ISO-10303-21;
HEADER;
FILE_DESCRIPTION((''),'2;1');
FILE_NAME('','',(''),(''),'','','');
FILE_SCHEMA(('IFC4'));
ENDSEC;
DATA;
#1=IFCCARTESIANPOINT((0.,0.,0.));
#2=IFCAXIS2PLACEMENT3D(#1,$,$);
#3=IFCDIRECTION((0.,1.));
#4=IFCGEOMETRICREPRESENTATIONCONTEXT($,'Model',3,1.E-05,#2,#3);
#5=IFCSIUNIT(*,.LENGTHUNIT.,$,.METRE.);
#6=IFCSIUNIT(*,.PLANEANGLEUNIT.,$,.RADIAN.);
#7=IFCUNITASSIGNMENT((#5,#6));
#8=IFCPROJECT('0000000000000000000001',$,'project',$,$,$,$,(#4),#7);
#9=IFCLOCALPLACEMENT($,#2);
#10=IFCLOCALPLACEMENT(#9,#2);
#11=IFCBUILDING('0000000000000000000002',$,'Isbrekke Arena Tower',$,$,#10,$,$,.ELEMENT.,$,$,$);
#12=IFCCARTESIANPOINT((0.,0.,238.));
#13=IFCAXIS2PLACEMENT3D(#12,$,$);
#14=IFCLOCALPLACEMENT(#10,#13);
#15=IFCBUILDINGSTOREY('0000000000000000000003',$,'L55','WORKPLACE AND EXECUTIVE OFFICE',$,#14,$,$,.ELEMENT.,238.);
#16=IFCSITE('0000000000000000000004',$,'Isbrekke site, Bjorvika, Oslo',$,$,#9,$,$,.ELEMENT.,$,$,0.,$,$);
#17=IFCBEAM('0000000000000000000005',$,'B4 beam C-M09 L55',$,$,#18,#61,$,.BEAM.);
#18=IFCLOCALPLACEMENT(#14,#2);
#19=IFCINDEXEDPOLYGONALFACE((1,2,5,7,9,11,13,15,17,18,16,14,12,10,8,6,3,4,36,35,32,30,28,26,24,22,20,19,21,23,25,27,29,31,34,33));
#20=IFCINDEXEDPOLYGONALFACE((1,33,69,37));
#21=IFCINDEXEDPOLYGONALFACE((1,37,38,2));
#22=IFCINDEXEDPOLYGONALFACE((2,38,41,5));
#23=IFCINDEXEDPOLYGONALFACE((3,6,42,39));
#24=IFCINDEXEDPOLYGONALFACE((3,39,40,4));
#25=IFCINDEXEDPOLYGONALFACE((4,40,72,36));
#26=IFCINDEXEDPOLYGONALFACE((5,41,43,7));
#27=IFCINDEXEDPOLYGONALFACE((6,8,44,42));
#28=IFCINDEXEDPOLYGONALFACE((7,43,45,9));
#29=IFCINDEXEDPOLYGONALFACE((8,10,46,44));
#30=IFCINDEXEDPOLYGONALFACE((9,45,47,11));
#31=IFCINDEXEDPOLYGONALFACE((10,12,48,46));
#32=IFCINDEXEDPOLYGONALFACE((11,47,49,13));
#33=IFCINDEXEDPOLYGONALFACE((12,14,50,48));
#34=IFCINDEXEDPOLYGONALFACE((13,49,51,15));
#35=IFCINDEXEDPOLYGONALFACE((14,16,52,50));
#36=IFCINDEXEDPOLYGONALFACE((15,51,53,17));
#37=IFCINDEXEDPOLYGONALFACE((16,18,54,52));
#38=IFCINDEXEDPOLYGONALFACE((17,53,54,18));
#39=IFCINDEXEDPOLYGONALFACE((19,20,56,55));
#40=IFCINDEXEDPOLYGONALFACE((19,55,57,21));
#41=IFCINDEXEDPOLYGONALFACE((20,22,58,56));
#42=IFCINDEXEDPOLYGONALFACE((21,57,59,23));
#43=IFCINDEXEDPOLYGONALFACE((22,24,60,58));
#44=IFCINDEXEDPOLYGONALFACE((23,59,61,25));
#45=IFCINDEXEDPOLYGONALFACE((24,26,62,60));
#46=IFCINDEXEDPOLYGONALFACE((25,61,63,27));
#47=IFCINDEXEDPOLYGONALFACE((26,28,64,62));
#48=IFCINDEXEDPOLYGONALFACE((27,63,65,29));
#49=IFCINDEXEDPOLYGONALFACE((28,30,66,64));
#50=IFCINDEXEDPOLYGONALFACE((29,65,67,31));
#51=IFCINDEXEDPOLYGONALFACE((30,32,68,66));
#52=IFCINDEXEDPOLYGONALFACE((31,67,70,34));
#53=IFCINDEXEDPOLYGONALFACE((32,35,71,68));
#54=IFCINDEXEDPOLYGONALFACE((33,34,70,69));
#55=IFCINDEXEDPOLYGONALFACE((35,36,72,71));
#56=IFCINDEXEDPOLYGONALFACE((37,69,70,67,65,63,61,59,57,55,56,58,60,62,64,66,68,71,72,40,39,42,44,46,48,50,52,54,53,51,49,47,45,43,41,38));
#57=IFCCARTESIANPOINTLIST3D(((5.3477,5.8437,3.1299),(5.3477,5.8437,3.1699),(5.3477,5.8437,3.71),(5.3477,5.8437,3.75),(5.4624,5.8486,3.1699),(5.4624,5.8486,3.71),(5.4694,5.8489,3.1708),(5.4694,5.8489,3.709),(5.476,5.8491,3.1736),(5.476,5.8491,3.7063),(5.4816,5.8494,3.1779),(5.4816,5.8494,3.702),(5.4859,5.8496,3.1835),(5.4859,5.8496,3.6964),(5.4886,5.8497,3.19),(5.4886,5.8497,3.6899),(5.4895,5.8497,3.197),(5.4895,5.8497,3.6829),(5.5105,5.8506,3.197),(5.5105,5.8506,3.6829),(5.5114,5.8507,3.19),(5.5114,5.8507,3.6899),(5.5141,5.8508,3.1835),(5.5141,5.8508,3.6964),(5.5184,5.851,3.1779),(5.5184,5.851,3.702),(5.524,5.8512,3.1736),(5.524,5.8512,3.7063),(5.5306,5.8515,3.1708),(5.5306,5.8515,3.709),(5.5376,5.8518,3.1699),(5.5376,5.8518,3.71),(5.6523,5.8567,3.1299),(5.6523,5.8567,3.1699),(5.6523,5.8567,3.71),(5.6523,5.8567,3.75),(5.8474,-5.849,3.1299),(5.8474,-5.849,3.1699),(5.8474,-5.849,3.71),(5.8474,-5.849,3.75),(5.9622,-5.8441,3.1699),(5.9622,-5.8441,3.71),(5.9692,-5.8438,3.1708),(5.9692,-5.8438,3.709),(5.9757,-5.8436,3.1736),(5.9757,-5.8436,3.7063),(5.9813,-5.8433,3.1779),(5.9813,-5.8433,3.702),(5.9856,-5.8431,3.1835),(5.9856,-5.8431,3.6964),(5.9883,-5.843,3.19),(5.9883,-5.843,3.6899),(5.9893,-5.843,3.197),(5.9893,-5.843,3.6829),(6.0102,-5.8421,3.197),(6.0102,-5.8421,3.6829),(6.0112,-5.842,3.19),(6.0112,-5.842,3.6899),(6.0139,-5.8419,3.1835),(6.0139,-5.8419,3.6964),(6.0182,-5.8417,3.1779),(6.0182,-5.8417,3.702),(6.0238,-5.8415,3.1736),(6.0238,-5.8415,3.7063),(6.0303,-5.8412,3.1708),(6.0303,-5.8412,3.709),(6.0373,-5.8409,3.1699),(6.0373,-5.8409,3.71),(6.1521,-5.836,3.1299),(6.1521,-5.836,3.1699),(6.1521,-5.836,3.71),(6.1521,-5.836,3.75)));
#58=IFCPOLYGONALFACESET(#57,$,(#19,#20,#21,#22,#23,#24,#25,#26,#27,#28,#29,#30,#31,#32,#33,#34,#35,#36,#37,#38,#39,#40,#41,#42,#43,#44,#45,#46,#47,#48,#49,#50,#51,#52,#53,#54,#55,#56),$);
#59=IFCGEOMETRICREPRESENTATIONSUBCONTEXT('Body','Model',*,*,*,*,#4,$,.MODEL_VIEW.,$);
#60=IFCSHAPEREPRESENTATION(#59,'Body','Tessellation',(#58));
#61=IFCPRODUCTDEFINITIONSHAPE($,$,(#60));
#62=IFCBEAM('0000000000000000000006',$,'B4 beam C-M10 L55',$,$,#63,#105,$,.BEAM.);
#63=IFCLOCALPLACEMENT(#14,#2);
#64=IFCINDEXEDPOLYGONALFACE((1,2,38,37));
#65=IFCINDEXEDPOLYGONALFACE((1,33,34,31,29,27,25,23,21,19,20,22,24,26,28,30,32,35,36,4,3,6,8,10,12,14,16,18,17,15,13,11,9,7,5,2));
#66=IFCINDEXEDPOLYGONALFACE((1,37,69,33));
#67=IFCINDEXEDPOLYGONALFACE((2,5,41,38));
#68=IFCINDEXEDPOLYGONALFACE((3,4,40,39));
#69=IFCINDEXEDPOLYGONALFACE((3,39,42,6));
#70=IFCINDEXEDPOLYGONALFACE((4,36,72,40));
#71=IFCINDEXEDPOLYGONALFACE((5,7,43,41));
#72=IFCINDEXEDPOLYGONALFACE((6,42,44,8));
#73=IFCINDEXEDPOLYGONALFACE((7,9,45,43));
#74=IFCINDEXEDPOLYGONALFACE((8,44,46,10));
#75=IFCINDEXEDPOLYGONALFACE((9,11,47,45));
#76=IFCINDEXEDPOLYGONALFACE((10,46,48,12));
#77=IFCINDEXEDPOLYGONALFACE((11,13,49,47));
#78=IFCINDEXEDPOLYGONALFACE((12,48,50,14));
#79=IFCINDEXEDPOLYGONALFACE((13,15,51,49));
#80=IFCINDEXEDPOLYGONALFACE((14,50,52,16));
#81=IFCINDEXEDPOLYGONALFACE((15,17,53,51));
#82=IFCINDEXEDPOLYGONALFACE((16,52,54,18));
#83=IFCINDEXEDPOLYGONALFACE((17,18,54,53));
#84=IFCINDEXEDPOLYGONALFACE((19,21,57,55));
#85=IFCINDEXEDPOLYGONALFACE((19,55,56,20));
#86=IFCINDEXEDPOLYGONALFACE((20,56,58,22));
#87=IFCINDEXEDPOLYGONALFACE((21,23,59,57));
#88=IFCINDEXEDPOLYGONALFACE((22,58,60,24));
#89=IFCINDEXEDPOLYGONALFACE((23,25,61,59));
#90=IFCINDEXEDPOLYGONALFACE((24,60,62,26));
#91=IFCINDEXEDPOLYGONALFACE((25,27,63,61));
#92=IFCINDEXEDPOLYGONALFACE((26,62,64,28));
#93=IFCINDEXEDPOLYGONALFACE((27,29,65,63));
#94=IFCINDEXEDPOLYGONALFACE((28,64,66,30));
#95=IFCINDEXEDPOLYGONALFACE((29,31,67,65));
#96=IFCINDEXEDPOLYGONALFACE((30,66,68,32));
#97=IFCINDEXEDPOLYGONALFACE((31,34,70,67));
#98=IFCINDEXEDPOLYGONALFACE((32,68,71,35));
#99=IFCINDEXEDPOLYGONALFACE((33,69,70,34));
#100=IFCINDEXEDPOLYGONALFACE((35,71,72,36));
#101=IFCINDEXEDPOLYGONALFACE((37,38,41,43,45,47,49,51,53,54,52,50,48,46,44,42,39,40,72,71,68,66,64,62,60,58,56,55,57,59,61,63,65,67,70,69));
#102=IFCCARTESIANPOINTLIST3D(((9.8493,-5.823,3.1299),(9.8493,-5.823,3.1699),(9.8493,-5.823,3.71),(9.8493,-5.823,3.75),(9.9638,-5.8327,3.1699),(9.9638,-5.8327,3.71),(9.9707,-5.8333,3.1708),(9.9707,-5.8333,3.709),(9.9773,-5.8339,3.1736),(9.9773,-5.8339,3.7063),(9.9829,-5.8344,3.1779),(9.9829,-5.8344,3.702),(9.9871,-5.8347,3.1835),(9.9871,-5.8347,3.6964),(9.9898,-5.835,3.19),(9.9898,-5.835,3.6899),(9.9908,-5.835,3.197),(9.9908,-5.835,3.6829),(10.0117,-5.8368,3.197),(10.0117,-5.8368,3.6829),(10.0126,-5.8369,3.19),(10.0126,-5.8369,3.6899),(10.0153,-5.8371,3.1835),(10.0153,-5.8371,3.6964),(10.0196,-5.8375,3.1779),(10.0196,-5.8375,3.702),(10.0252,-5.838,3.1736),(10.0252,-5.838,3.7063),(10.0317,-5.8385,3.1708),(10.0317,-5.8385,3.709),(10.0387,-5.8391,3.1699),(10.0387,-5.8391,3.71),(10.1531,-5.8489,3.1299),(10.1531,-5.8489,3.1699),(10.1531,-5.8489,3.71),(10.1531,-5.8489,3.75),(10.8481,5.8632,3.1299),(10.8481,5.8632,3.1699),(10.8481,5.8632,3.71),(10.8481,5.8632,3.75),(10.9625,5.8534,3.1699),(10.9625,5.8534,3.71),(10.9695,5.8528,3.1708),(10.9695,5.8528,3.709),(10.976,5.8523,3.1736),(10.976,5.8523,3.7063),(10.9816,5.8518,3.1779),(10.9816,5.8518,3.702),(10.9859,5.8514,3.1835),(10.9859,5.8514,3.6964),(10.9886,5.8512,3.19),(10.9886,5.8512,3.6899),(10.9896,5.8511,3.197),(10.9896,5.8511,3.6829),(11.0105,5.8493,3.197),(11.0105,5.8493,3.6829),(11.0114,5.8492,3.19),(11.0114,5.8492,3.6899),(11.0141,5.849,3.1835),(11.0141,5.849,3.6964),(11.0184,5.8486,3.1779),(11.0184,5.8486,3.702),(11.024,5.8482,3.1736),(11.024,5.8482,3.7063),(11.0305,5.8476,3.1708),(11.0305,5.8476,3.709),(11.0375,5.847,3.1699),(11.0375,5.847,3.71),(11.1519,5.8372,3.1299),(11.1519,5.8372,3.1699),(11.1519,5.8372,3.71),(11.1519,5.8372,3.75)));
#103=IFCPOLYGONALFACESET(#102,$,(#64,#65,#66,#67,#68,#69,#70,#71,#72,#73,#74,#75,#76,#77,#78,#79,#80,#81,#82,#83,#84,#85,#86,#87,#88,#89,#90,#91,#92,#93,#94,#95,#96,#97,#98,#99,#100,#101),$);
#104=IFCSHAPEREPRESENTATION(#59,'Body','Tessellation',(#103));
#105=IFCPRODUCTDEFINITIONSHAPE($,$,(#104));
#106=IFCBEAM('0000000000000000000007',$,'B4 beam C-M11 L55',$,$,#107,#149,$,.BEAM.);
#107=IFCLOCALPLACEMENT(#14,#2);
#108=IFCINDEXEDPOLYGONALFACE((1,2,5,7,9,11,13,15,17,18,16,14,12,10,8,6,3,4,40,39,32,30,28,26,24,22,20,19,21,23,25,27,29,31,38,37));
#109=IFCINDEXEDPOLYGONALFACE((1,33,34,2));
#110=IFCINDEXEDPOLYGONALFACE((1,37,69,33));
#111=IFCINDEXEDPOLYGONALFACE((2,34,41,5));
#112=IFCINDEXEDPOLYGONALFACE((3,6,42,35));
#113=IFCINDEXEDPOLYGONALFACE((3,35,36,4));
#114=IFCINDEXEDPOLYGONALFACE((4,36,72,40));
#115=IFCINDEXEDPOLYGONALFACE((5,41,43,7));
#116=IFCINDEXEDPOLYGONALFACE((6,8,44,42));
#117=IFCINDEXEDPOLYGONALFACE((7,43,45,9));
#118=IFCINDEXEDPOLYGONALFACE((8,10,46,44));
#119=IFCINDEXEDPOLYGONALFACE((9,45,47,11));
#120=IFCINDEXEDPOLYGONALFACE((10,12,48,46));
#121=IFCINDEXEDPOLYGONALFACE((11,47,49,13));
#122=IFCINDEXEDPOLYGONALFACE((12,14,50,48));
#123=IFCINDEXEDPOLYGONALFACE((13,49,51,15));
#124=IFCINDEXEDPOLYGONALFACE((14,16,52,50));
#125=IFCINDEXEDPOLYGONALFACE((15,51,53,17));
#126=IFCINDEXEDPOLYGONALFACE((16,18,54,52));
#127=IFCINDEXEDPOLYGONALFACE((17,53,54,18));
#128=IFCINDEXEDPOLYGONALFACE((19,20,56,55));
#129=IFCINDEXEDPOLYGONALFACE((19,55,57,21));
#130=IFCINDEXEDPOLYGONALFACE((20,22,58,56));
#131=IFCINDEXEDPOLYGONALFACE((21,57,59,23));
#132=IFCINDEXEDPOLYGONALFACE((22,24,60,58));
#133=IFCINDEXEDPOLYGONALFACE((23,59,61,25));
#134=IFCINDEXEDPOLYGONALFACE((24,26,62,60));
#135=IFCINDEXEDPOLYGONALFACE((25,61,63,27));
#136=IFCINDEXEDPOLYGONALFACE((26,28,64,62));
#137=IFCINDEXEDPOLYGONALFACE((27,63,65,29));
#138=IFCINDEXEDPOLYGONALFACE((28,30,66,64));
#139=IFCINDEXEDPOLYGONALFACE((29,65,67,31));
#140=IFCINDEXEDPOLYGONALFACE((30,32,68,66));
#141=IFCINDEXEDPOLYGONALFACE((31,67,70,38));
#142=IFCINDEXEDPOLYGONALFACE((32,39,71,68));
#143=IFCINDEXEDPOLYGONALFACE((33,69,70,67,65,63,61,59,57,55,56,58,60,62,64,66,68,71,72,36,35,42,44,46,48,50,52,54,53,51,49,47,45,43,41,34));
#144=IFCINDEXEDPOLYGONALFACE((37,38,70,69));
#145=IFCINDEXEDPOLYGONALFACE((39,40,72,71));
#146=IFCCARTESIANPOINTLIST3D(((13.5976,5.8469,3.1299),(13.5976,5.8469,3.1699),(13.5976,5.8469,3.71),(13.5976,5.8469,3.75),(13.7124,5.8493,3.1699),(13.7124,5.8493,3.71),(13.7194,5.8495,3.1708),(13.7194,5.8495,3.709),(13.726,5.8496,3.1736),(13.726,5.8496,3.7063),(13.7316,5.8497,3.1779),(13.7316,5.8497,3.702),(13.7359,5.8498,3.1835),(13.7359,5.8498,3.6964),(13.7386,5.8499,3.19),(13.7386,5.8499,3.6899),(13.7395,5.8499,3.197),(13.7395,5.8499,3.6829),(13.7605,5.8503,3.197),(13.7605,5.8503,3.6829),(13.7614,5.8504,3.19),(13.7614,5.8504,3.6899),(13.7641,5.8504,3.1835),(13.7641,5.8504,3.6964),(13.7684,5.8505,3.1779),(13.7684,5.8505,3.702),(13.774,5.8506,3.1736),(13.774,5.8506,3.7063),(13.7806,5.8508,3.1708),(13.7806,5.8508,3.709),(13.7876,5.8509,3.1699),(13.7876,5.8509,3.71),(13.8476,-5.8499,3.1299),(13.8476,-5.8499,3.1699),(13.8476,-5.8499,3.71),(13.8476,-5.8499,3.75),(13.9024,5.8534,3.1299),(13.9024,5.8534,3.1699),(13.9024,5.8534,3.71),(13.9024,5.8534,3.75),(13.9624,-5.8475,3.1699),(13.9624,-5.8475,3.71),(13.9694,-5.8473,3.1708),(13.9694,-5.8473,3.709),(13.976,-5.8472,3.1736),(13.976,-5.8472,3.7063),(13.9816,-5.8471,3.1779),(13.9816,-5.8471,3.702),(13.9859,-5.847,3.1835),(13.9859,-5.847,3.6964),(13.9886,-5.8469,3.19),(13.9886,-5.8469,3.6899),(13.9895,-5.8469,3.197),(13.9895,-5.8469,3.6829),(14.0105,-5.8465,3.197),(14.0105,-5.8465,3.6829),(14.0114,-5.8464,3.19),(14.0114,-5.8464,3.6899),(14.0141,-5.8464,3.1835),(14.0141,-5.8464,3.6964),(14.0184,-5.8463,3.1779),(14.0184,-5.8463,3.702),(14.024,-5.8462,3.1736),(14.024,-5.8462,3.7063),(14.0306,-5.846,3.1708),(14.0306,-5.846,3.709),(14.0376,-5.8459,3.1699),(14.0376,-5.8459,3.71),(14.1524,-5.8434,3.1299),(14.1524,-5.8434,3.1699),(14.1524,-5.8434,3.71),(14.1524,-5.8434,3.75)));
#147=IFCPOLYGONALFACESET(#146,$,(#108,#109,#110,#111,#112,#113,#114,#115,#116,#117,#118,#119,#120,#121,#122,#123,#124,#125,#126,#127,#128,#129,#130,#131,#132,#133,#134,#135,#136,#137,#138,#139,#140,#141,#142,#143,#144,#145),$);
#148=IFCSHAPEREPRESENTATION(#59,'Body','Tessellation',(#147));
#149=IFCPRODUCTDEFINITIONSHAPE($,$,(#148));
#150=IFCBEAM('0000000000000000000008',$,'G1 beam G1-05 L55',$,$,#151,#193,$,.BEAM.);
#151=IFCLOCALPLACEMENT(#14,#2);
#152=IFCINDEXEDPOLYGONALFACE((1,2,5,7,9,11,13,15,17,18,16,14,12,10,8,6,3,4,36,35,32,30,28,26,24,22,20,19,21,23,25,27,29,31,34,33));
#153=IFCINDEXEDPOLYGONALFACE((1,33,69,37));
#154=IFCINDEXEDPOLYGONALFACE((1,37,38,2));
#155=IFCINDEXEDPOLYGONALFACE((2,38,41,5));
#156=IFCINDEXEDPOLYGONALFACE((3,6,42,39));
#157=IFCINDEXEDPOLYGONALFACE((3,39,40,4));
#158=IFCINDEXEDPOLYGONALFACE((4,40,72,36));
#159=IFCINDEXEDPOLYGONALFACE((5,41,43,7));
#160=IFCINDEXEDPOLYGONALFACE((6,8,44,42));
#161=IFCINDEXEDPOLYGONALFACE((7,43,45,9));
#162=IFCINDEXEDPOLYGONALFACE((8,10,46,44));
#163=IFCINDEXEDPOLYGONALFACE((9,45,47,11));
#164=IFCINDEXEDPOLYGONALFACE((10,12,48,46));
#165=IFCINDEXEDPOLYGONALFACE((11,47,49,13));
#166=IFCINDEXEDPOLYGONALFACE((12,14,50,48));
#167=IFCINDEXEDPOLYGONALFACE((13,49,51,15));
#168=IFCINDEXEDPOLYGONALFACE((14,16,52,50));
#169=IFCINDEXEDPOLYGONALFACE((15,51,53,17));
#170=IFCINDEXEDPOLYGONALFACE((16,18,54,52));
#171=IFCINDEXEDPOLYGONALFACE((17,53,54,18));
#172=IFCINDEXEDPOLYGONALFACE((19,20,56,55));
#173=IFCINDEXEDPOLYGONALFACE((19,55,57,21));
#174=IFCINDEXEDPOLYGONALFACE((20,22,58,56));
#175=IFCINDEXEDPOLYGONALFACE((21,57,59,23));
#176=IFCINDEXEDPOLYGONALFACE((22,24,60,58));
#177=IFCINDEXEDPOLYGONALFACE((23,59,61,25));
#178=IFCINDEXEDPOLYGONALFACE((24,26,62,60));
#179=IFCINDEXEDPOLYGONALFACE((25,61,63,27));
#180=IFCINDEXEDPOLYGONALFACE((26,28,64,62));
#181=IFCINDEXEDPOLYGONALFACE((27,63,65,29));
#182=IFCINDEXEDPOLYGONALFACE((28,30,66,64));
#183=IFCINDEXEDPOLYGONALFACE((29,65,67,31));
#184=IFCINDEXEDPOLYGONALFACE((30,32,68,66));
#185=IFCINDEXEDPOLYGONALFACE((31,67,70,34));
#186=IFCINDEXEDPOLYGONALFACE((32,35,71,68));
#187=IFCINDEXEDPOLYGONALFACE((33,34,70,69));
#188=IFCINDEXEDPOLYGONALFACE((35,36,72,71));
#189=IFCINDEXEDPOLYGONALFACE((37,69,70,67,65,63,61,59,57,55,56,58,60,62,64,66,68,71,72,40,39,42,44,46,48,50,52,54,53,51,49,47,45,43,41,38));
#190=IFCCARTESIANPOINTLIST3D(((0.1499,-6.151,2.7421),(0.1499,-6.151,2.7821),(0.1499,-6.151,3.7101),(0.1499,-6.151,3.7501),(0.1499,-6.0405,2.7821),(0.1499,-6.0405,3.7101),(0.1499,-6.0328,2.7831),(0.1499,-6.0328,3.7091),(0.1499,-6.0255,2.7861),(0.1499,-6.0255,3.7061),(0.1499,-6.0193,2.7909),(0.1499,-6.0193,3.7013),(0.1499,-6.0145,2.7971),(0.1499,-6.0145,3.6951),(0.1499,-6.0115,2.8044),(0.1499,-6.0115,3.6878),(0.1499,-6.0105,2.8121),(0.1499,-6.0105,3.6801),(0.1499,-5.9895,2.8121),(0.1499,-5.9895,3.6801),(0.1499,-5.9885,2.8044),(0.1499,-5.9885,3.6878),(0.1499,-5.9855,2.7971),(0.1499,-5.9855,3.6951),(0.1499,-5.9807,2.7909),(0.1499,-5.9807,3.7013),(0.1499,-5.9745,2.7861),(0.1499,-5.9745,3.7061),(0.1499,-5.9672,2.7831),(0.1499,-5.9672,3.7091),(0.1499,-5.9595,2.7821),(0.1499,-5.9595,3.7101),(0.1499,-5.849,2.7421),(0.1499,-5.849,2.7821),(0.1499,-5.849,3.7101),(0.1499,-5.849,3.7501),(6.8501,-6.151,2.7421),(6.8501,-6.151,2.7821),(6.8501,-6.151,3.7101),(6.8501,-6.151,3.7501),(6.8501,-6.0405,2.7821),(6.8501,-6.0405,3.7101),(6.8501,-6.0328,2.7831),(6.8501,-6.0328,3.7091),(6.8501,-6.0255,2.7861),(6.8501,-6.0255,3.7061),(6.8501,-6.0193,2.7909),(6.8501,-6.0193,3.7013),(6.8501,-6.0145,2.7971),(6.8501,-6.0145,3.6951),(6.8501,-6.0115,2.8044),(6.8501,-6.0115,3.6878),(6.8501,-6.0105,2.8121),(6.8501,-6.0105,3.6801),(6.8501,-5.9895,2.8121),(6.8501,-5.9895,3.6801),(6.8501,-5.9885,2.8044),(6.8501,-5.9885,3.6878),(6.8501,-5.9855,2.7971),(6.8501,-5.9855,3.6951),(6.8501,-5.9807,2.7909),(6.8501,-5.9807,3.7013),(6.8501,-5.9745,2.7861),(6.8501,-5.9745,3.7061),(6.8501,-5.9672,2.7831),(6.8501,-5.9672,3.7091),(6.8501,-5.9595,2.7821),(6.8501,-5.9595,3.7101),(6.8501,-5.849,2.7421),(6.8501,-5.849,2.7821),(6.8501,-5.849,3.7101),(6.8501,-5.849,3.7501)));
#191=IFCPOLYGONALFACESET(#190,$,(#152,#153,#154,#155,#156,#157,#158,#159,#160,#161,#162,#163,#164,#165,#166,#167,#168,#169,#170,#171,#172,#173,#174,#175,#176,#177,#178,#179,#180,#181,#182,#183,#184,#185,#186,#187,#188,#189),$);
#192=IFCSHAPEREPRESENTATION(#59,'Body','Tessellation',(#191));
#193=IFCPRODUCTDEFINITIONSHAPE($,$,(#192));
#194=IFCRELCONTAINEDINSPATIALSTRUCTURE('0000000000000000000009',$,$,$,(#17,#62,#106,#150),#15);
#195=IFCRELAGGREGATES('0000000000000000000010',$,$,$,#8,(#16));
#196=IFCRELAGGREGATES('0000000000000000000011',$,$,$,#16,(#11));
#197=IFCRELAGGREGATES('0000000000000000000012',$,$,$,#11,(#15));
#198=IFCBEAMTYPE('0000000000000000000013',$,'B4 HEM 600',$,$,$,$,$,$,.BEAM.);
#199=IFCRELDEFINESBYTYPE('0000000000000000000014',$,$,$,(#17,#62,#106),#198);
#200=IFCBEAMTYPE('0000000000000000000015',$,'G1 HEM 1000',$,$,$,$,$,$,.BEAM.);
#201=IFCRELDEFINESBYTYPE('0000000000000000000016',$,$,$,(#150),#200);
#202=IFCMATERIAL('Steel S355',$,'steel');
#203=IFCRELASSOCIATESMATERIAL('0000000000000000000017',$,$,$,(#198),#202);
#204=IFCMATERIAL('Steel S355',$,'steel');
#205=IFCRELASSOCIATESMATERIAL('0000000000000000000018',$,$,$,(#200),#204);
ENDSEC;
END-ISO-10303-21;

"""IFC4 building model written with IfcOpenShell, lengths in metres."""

from ifc_helpers import new_model, si_unit, direction, frame, origin, origin_2d, place, context, subcontext, project, spatial, i_section, extrude, material, material_profile, profile_set, type_object, element, save


model = new_model("IFC4")

# Units and contexts
model_context = context("Model", 3, precision=1e-05, world=origin(), true_north=direction((0.0, 1.0)))
body_context = subcontext(model_context, "Body", "Model", "MODEL_VIEW")
ifc_project = project(units=[si_unit("LENGTHUNIT", "METRE"), si_unit("PLANEANGLEUNIT", "RADIAN")], contexts=[model_context])

# Site, building, storey
site_placement = place(None, origin())
site = spatial("IfcSite", under=ifc_project, at=site_placement, Name="Isbrekke site, Bjorvika, Oslo", CompositionType="ELEMENT", RefElevation=0.0)
building_placement = place(site_placement, origin())
building = spatial("IfcBuilding", under=site, at=building_placement, Name="Isbrekke Arena Tower", CompositionType="ELEMENT")
storey_placement = place(building_placement, frame((0.0, 0.0, 238.0)))
storey = spatial("IfcBuildingStorey", under=building, at=storey_placement, Name="L55", Description="WORKPLACE AND EXECUTIVE OFFICE", CompositionType="ELEMENT", Elevation=238.0)

# Beams
ifc_material_1 = material(Name="Steel S355", Category="steel")
ifc_material_profile_1 = material_profile(ifc_material_1, i_section(OverallWidth=0.3049, OverallDepth=0.6201, WebThickness=0.021, FlangeThickness=0.04, FilletRadius=0.0271, at=origin_2d()), Name="HEM 600")
ifc_profile_set_1 = profile_set([ifc_material_profile_1], Name="Steel S355")
beam_type_1 = type_object("IfcBeamType", Name="B4 HEM 600", PredefinedType="BEAM", material=ifc_profile_set_1)
beam_1_placement = place(storey_placement, frame((5.9998, -5.8425, 3.4399), z_axis=(-0.042702, 0.999088, 0.0), x_axis=(-0.999088, -0.042702, 0.0)))
element("IfcBeam", 1, at=beam_1_placement, inside=storey, type_object=beam_type_1, Name="B4 beam C-M09 L55", PredefinedType="BEAM", context=body_context, shape_type="SweptSolid", body=[
    extrude(i_section(OverallWidth=0.3049, OverallDepth=0.6201, WebThickness=0.021, FlangeThickness=0.04, FilletRadius=0.0271, at=origin_2d()), origin(), (0.0, 0.0, 1.0), 11.7034),
])
beam_2_placement = place(storey_placement, frame((10.0012, -5.8359, 3.4399), z_axis=(0.085157, 0.996368, 0.0), x_axis=(-0.996368, 0.085157, 0.0)))
element("IfcBeam", 2, at=beam_2_placement, inside=storey, type_object=beam_type_1, Name="B4 beam C-M10 L55", PredefinedType="BEAM", context=body_context, shape_type="SweptSolid", body=[
    extrude(i_section(OverallWidth=0.3049, OverallDepth=0.6201, WebThickness=0.021, FlangeThickness=0.04, FilletRadius=0.0271, at=origin_2d()), origin(), (0.0, 0.0, 1.0), 11.7288),
])
beam_3_placement = place(storey_placement, frame((14.0, -5.8467, 3.4399), z_axis=(-0.021369, 0.999772, 0.0), x_axis=(-0.999772, -0.021369, 0.0)))
element("IfcBeam", 3, at=beam_3_placement, inside=storey, type_object=beam_type_1, Name="B4 beam C-M11 L55", PredefinedType="BEAM", context=body_context, shape_type="SweptSolid", body=[
    extrude(i_section(OverallWidth=0.3049, OverallDepth=0.6201, WebThickness=0.021, FlangeThickness=0.04, FilletRadius=0.0271, at=origin_2d()), origin(), (0.0, 0.0, 1.0), 11.6995),
])
ifc_material_2 = material(Name="Steel S355", Category="steel")
ifc_material_profile_2 = material_profile(ifc_material_2, i_section(OverallWidth=0.302, OverallDepth=1.0081, WebThickness=0.021, FlangeThickness=0.04, FilletRadius=0.03, at=origin_2d()), Name="HEM 1000")
ifc_profile_set_2 = profile_set([ifc_material_profile_2], Name="Steel S355")
beam_type_2 = type_object("IfcBeamType", Name="G1 HEM 1000", PredefinedType="BEAM", material=ifc_profile_set_2)
for number, where, z_axis, x_axis, name in (
    (4, (0.1499, -6.0, 3.2461), (1.0, 0.0, 0.0), (0.0, 1.0, 0.0), "G1 beam G1-05 L55"),
):
    element("IfcBeam", number, at=place(storey_placement, frame(where, z_axis=z_axis, x_axis=x_axis)), inside=storey, type_object=beam_type_2, Name=name, PredefinedType="BEAM", context=body_context, shape_type="SweptSolid", body=[
        extrude(i_section(OverallWidth=0.302, OverallDepth=1.0081, WebThickness=0.021, FlangeThickness=0.04, FilletRadius=0.03, at=origin_2d()), origin(), (0.0, 0.0, 1.0), 6.7002),
    ])

save(model, "model.ifc")
